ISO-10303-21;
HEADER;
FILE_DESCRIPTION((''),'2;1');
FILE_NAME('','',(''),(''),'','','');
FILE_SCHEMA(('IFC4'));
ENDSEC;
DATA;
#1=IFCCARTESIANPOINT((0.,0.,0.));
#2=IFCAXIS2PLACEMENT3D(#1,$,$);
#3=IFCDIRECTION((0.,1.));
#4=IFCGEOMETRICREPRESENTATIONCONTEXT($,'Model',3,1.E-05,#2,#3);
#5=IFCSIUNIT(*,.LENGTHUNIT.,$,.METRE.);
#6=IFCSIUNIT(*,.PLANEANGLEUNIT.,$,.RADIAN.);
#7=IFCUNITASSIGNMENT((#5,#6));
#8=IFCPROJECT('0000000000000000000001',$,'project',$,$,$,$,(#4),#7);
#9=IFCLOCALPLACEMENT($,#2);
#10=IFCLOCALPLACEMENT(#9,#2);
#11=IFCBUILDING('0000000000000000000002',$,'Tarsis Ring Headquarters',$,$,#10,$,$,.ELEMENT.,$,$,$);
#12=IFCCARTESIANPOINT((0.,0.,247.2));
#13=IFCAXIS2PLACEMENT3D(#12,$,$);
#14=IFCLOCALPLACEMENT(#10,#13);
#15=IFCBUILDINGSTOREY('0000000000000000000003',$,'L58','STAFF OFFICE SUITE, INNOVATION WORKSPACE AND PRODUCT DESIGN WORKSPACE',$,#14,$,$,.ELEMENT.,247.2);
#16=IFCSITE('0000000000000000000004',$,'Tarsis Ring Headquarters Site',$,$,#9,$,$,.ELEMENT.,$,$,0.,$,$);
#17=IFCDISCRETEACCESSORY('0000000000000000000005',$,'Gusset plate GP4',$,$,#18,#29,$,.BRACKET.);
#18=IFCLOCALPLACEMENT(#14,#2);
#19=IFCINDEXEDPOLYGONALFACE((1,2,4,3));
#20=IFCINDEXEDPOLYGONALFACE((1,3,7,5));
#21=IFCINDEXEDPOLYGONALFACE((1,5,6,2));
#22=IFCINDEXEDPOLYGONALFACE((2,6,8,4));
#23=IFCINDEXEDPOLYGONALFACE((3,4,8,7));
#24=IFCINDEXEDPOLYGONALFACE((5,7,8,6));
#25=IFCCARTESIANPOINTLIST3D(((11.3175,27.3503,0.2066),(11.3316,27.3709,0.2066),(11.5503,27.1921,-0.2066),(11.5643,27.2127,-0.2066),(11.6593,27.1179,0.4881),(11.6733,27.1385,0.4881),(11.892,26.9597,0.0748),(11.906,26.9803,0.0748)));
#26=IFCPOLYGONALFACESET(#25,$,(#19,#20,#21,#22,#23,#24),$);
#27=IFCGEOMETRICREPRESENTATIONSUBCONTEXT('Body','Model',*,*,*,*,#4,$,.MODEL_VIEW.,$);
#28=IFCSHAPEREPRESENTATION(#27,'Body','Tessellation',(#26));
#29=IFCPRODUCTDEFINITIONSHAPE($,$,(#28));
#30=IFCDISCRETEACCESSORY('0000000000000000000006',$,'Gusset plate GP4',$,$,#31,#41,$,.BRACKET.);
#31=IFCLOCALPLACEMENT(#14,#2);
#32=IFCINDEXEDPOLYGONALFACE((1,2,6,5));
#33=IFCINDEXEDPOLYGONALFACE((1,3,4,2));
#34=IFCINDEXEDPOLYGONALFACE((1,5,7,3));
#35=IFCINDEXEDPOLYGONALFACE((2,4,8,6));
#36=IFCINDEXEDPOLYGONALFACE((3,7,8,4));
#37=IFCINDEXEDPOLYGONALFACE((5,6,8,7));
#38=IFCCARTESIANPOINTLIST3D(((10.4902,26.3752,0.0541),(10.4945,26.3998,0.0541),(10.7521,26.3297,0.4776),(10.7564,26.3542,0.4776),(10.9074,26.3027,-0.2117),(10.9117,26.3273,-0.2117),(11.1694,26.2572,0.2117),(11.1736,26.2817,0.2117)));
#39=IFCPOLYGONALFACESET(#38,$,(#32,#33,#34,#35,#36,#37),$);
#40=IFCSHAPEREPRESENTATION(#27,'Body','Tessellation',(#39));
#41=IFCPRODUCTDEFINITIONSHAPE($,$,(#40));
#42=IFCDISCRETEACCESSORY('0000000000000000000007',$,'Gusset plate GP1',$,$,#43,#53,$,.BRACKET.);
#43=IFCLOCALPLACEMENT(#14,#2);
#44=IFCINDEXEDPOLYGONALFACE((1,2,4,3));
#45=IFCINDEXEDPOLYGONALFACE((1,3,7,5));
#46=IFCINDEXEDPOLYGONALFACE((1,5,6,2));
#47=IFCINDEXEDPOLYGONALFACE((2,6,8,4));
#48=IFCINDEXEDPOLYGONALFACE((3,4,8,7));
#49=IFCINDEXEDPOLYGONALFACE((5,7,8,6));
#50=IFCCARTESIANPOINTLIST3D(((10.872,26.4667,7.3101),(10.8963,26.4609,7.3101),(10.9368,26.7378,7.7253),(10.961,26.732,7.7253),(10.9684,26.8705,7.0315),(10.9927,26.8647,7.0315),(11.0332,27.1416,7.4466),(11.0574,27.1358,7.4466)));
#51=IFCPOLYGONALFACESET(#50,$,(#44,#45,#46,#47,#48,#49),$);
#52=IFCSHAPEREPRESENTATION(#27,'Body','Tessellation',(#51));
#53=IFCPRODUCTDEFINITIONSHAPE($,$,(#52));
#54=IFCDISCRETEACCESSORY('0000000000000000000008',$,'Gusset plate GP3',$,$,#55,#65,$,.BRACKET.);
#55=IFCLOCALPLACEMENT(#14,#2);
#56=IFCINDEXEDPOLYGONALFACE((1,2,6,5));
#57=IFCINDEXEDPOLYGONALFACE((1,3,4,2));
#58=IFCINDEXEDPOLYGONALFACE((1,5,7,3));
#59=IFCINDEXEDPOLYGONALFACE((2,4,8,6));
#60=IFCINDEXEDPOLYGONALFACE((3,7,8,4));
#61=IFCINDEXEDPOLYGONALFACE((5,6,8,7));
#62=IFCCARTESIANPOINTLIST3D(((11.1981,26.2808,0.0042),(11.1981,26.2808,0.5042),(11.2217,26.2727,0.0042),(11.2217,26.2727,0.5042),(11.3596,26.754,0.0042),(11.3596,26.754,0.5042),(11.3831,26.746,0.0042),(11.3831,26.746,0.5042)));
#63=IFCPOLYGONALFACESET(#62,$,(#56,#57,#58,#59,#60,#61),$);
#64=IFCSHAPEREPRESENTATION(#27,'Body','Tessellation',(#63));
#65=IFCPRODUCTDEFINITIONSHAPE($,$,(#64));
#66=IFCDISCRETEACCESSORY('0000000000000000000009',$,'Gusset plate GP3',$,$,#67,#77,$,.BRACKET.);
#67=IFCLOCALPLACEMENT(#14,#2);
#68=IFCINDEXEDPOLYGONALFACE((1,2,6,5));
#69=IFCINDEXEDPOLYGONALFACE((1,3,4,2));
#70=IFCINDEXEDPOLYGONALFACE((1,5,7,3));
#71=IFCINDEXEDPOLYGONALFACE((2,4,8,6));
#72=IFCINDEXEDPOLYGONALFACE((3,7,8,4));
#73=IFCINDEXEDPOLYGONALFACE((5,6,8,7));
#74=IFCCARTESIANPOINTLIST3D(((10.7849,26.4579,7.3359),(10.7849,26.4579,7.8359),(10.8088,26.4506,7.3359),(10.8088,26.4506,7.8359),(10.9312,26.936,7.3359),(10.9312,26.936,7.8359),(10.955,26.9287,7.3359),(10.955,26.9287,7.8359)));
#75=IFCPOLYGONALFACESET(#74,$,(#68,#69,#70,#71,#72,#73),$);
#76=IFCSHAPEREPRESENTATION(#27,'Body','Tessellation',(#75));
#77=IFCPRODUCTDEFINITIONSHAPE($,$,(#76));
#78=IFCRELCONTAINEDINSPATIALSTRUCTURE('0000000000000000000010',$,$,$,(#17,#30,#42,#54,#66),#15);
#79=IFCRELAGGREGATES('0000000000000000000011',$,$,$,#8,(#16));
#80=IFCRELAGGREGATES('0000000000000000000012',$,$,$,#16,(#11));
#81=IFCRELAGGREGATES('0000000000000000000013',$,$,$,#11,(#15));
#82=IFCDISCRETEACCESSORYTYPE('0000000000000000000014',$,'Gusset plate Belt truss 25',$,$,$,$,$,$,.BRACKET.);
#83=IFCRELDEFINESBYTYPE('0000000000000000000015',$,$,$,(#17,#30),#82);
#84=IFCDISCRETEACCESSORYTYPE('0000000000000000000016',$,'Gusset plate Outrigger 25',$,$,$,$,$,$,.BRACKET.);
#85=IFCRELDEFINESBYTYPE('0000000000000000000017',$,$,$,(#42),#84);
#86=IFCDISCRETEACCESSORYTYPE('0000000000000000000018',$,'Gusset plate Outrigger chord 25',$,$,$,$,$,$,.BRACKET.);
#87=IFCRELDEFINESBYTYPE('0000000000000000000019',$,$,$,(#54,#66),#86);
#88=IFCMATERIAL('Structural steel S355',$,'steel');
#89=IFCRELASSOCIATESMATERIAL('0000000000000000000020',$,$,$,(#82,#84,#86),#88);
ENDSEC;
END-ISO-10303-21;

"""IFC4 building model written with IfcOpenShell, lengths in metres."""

from ifc_helpers import new_model, si_unit, direction, frame, origin, origin_2d, place, context, subcontext, project, spatial, rectangle, extrude, material, material_profile, profile_set, type_object, element, save


model = new_model("IFC4")

# Units and contexts
model_context = context("Model", 3, precision=1e-05, world=origin(), true_north=direction((0.0, 1.0)))
body_context = subcontext(model_context, "Body", "Model", "MODEL_VIEW")
ifc_project = project(units=[si_unit("LENGTHUNIT", "METRE"), si_unit("PLANEANGLEUNIT", "RADIAN")], contexts=[model_context])

# Site, building, storey
site_placement = place(None, origin())
site = spatial("IfcSite", under=ifc_project, at=site_placement, Name="Tarsis Ring Headquarters Site", CompositionType="ELEMENT", RefElevation=0.0)
building_placement = place(site_placement, origin())
building = spatial("IfcBuilding", under=site, at=building_placement, Name="Tarsis Ring Headquarters", CompositionType="ELEMENT")
storey_placement = place(building_placement, frame((0.0, 0.0, 247.2)))
storey = spatial("IfcBuildingStorey", under=building, at=storey_placement, Name="L58", Description="STAFF OFFICE SUITE, INNOVATION WORKSPACE AND PRODUCT DESIGN WORKSPACE", CompositionType="ELEMENT", Elevation=247.2)

# Shared definitions
ifc_material_1 = material(Name="Structural steel S355", Category="steel")

# Discrete accessories
ifc_material_profile_1 = material_profile(ifc_material_1, rectangle(XDim=0.0249, YDim=0.5, at=origin_2d()), Name="PL 25x500")
ifc_profile_set_1 = profile_set([ifc_material_profile_1], Name="Structural steel S355")
discrete_accessory_type_1 = type_object("IfcDiscreteAccessoryType", Name="Gusset plate Belt truss 25", PredefinedType="BRACKET", material=ifc_profile_set_1)
for number, where, z_axis, x_axis, name in (
    (1, (11.4409, 27.2815, 0.0), (0.683479, -0.464766, 0.562894), (0.56231, 0.826927, 0.0), "Gusset plate GP4"),
    (2, (11.0405, 26.2922, 0.0), (-0.834422, 0.145011, 0.531706), (-0.17122, -0.985233, 0.0), "Gusset plate GP4"),
):
    element("IfcDiscreteAccessory", number, at=place(storey_placement, frame(where, z_axis=z_axis, x_axis=x_axis)), inside=storey, type_object=discrete_accessory_type_1, Name=name, PredefinedType="BRACKET", context=body_context, shape_type="SweptSolid", body=[
        extrude(rectangle(XDim=0.0249, YDim=0.5, at=origin_2d()), origin(), (0.0, 0.0, 1.0), 0.5),
    ])
discrete_accessory_type_2 = type_object("IfcDiscreteAccessoryType", Name="Gusset plate Outrigger 25", PredefinedType="BRACKET", material=ifc_profile_set_1)
discrete_accessory_placement = place(storey_placement, frame((10.9971, 26.9368, 7.5859), z_axis=(-0.129425, -0.54212, -0.830274), x_axis=(0.972665, -0.232213, 0.0)))
element("IfcDiscreteAccessory", 3, at=discrete_accessory_placement, inside=storey, type_object=discrete_accessory_type_2, Name="Gusset plate GP1", PredefinedType="BRACKET", context=body_context, shape_type="SweptSolid", body=[
    extrude(rectangle(XDim=0.0249, YDim=0.5, at=origin_2d()), origin(), (0.0, 0.0, 1.0), 0.5),
])
discrete_accessory_type_3 = type_object("IfcDiscreteAccessoryType", Name="Gusset plate Outrigger chord 25", PredefinedType="BRACKET", material=ifc_profile_set_1)
for number, where, z_axis, x_axis, name in (
    (4, (11.3713, 26.75, 0.2542), (-0.322813, -0.946463, 0.0), (0.946463, -0.322813, 0.0), "Gusset plate GP3"),
    (5, (10.9431, 26.9324, 7.5859), (-0.292541, -0.956253, 0.0), (0.956253, -0.292541, 0.0), "Gusset plate GP3"),
):
    element("IfcDiscreteAccessory", number, at=place(storey_placement, frame(where, z_axis=z_axis, x_axis=x_axis)), inside=storey, type_object=discrete_accessory_type_3, Name=name, PredefinedType="BRACKET", context=body_context, shape_type="SweptSolid", body=[
        extrude(rectangle(XDim=0.0249, YDim=0.5, at=origin_2d()), origin(), (0.0, 0.0, 1.0), 0.5),
    ])

save(model, "model.ifc")
